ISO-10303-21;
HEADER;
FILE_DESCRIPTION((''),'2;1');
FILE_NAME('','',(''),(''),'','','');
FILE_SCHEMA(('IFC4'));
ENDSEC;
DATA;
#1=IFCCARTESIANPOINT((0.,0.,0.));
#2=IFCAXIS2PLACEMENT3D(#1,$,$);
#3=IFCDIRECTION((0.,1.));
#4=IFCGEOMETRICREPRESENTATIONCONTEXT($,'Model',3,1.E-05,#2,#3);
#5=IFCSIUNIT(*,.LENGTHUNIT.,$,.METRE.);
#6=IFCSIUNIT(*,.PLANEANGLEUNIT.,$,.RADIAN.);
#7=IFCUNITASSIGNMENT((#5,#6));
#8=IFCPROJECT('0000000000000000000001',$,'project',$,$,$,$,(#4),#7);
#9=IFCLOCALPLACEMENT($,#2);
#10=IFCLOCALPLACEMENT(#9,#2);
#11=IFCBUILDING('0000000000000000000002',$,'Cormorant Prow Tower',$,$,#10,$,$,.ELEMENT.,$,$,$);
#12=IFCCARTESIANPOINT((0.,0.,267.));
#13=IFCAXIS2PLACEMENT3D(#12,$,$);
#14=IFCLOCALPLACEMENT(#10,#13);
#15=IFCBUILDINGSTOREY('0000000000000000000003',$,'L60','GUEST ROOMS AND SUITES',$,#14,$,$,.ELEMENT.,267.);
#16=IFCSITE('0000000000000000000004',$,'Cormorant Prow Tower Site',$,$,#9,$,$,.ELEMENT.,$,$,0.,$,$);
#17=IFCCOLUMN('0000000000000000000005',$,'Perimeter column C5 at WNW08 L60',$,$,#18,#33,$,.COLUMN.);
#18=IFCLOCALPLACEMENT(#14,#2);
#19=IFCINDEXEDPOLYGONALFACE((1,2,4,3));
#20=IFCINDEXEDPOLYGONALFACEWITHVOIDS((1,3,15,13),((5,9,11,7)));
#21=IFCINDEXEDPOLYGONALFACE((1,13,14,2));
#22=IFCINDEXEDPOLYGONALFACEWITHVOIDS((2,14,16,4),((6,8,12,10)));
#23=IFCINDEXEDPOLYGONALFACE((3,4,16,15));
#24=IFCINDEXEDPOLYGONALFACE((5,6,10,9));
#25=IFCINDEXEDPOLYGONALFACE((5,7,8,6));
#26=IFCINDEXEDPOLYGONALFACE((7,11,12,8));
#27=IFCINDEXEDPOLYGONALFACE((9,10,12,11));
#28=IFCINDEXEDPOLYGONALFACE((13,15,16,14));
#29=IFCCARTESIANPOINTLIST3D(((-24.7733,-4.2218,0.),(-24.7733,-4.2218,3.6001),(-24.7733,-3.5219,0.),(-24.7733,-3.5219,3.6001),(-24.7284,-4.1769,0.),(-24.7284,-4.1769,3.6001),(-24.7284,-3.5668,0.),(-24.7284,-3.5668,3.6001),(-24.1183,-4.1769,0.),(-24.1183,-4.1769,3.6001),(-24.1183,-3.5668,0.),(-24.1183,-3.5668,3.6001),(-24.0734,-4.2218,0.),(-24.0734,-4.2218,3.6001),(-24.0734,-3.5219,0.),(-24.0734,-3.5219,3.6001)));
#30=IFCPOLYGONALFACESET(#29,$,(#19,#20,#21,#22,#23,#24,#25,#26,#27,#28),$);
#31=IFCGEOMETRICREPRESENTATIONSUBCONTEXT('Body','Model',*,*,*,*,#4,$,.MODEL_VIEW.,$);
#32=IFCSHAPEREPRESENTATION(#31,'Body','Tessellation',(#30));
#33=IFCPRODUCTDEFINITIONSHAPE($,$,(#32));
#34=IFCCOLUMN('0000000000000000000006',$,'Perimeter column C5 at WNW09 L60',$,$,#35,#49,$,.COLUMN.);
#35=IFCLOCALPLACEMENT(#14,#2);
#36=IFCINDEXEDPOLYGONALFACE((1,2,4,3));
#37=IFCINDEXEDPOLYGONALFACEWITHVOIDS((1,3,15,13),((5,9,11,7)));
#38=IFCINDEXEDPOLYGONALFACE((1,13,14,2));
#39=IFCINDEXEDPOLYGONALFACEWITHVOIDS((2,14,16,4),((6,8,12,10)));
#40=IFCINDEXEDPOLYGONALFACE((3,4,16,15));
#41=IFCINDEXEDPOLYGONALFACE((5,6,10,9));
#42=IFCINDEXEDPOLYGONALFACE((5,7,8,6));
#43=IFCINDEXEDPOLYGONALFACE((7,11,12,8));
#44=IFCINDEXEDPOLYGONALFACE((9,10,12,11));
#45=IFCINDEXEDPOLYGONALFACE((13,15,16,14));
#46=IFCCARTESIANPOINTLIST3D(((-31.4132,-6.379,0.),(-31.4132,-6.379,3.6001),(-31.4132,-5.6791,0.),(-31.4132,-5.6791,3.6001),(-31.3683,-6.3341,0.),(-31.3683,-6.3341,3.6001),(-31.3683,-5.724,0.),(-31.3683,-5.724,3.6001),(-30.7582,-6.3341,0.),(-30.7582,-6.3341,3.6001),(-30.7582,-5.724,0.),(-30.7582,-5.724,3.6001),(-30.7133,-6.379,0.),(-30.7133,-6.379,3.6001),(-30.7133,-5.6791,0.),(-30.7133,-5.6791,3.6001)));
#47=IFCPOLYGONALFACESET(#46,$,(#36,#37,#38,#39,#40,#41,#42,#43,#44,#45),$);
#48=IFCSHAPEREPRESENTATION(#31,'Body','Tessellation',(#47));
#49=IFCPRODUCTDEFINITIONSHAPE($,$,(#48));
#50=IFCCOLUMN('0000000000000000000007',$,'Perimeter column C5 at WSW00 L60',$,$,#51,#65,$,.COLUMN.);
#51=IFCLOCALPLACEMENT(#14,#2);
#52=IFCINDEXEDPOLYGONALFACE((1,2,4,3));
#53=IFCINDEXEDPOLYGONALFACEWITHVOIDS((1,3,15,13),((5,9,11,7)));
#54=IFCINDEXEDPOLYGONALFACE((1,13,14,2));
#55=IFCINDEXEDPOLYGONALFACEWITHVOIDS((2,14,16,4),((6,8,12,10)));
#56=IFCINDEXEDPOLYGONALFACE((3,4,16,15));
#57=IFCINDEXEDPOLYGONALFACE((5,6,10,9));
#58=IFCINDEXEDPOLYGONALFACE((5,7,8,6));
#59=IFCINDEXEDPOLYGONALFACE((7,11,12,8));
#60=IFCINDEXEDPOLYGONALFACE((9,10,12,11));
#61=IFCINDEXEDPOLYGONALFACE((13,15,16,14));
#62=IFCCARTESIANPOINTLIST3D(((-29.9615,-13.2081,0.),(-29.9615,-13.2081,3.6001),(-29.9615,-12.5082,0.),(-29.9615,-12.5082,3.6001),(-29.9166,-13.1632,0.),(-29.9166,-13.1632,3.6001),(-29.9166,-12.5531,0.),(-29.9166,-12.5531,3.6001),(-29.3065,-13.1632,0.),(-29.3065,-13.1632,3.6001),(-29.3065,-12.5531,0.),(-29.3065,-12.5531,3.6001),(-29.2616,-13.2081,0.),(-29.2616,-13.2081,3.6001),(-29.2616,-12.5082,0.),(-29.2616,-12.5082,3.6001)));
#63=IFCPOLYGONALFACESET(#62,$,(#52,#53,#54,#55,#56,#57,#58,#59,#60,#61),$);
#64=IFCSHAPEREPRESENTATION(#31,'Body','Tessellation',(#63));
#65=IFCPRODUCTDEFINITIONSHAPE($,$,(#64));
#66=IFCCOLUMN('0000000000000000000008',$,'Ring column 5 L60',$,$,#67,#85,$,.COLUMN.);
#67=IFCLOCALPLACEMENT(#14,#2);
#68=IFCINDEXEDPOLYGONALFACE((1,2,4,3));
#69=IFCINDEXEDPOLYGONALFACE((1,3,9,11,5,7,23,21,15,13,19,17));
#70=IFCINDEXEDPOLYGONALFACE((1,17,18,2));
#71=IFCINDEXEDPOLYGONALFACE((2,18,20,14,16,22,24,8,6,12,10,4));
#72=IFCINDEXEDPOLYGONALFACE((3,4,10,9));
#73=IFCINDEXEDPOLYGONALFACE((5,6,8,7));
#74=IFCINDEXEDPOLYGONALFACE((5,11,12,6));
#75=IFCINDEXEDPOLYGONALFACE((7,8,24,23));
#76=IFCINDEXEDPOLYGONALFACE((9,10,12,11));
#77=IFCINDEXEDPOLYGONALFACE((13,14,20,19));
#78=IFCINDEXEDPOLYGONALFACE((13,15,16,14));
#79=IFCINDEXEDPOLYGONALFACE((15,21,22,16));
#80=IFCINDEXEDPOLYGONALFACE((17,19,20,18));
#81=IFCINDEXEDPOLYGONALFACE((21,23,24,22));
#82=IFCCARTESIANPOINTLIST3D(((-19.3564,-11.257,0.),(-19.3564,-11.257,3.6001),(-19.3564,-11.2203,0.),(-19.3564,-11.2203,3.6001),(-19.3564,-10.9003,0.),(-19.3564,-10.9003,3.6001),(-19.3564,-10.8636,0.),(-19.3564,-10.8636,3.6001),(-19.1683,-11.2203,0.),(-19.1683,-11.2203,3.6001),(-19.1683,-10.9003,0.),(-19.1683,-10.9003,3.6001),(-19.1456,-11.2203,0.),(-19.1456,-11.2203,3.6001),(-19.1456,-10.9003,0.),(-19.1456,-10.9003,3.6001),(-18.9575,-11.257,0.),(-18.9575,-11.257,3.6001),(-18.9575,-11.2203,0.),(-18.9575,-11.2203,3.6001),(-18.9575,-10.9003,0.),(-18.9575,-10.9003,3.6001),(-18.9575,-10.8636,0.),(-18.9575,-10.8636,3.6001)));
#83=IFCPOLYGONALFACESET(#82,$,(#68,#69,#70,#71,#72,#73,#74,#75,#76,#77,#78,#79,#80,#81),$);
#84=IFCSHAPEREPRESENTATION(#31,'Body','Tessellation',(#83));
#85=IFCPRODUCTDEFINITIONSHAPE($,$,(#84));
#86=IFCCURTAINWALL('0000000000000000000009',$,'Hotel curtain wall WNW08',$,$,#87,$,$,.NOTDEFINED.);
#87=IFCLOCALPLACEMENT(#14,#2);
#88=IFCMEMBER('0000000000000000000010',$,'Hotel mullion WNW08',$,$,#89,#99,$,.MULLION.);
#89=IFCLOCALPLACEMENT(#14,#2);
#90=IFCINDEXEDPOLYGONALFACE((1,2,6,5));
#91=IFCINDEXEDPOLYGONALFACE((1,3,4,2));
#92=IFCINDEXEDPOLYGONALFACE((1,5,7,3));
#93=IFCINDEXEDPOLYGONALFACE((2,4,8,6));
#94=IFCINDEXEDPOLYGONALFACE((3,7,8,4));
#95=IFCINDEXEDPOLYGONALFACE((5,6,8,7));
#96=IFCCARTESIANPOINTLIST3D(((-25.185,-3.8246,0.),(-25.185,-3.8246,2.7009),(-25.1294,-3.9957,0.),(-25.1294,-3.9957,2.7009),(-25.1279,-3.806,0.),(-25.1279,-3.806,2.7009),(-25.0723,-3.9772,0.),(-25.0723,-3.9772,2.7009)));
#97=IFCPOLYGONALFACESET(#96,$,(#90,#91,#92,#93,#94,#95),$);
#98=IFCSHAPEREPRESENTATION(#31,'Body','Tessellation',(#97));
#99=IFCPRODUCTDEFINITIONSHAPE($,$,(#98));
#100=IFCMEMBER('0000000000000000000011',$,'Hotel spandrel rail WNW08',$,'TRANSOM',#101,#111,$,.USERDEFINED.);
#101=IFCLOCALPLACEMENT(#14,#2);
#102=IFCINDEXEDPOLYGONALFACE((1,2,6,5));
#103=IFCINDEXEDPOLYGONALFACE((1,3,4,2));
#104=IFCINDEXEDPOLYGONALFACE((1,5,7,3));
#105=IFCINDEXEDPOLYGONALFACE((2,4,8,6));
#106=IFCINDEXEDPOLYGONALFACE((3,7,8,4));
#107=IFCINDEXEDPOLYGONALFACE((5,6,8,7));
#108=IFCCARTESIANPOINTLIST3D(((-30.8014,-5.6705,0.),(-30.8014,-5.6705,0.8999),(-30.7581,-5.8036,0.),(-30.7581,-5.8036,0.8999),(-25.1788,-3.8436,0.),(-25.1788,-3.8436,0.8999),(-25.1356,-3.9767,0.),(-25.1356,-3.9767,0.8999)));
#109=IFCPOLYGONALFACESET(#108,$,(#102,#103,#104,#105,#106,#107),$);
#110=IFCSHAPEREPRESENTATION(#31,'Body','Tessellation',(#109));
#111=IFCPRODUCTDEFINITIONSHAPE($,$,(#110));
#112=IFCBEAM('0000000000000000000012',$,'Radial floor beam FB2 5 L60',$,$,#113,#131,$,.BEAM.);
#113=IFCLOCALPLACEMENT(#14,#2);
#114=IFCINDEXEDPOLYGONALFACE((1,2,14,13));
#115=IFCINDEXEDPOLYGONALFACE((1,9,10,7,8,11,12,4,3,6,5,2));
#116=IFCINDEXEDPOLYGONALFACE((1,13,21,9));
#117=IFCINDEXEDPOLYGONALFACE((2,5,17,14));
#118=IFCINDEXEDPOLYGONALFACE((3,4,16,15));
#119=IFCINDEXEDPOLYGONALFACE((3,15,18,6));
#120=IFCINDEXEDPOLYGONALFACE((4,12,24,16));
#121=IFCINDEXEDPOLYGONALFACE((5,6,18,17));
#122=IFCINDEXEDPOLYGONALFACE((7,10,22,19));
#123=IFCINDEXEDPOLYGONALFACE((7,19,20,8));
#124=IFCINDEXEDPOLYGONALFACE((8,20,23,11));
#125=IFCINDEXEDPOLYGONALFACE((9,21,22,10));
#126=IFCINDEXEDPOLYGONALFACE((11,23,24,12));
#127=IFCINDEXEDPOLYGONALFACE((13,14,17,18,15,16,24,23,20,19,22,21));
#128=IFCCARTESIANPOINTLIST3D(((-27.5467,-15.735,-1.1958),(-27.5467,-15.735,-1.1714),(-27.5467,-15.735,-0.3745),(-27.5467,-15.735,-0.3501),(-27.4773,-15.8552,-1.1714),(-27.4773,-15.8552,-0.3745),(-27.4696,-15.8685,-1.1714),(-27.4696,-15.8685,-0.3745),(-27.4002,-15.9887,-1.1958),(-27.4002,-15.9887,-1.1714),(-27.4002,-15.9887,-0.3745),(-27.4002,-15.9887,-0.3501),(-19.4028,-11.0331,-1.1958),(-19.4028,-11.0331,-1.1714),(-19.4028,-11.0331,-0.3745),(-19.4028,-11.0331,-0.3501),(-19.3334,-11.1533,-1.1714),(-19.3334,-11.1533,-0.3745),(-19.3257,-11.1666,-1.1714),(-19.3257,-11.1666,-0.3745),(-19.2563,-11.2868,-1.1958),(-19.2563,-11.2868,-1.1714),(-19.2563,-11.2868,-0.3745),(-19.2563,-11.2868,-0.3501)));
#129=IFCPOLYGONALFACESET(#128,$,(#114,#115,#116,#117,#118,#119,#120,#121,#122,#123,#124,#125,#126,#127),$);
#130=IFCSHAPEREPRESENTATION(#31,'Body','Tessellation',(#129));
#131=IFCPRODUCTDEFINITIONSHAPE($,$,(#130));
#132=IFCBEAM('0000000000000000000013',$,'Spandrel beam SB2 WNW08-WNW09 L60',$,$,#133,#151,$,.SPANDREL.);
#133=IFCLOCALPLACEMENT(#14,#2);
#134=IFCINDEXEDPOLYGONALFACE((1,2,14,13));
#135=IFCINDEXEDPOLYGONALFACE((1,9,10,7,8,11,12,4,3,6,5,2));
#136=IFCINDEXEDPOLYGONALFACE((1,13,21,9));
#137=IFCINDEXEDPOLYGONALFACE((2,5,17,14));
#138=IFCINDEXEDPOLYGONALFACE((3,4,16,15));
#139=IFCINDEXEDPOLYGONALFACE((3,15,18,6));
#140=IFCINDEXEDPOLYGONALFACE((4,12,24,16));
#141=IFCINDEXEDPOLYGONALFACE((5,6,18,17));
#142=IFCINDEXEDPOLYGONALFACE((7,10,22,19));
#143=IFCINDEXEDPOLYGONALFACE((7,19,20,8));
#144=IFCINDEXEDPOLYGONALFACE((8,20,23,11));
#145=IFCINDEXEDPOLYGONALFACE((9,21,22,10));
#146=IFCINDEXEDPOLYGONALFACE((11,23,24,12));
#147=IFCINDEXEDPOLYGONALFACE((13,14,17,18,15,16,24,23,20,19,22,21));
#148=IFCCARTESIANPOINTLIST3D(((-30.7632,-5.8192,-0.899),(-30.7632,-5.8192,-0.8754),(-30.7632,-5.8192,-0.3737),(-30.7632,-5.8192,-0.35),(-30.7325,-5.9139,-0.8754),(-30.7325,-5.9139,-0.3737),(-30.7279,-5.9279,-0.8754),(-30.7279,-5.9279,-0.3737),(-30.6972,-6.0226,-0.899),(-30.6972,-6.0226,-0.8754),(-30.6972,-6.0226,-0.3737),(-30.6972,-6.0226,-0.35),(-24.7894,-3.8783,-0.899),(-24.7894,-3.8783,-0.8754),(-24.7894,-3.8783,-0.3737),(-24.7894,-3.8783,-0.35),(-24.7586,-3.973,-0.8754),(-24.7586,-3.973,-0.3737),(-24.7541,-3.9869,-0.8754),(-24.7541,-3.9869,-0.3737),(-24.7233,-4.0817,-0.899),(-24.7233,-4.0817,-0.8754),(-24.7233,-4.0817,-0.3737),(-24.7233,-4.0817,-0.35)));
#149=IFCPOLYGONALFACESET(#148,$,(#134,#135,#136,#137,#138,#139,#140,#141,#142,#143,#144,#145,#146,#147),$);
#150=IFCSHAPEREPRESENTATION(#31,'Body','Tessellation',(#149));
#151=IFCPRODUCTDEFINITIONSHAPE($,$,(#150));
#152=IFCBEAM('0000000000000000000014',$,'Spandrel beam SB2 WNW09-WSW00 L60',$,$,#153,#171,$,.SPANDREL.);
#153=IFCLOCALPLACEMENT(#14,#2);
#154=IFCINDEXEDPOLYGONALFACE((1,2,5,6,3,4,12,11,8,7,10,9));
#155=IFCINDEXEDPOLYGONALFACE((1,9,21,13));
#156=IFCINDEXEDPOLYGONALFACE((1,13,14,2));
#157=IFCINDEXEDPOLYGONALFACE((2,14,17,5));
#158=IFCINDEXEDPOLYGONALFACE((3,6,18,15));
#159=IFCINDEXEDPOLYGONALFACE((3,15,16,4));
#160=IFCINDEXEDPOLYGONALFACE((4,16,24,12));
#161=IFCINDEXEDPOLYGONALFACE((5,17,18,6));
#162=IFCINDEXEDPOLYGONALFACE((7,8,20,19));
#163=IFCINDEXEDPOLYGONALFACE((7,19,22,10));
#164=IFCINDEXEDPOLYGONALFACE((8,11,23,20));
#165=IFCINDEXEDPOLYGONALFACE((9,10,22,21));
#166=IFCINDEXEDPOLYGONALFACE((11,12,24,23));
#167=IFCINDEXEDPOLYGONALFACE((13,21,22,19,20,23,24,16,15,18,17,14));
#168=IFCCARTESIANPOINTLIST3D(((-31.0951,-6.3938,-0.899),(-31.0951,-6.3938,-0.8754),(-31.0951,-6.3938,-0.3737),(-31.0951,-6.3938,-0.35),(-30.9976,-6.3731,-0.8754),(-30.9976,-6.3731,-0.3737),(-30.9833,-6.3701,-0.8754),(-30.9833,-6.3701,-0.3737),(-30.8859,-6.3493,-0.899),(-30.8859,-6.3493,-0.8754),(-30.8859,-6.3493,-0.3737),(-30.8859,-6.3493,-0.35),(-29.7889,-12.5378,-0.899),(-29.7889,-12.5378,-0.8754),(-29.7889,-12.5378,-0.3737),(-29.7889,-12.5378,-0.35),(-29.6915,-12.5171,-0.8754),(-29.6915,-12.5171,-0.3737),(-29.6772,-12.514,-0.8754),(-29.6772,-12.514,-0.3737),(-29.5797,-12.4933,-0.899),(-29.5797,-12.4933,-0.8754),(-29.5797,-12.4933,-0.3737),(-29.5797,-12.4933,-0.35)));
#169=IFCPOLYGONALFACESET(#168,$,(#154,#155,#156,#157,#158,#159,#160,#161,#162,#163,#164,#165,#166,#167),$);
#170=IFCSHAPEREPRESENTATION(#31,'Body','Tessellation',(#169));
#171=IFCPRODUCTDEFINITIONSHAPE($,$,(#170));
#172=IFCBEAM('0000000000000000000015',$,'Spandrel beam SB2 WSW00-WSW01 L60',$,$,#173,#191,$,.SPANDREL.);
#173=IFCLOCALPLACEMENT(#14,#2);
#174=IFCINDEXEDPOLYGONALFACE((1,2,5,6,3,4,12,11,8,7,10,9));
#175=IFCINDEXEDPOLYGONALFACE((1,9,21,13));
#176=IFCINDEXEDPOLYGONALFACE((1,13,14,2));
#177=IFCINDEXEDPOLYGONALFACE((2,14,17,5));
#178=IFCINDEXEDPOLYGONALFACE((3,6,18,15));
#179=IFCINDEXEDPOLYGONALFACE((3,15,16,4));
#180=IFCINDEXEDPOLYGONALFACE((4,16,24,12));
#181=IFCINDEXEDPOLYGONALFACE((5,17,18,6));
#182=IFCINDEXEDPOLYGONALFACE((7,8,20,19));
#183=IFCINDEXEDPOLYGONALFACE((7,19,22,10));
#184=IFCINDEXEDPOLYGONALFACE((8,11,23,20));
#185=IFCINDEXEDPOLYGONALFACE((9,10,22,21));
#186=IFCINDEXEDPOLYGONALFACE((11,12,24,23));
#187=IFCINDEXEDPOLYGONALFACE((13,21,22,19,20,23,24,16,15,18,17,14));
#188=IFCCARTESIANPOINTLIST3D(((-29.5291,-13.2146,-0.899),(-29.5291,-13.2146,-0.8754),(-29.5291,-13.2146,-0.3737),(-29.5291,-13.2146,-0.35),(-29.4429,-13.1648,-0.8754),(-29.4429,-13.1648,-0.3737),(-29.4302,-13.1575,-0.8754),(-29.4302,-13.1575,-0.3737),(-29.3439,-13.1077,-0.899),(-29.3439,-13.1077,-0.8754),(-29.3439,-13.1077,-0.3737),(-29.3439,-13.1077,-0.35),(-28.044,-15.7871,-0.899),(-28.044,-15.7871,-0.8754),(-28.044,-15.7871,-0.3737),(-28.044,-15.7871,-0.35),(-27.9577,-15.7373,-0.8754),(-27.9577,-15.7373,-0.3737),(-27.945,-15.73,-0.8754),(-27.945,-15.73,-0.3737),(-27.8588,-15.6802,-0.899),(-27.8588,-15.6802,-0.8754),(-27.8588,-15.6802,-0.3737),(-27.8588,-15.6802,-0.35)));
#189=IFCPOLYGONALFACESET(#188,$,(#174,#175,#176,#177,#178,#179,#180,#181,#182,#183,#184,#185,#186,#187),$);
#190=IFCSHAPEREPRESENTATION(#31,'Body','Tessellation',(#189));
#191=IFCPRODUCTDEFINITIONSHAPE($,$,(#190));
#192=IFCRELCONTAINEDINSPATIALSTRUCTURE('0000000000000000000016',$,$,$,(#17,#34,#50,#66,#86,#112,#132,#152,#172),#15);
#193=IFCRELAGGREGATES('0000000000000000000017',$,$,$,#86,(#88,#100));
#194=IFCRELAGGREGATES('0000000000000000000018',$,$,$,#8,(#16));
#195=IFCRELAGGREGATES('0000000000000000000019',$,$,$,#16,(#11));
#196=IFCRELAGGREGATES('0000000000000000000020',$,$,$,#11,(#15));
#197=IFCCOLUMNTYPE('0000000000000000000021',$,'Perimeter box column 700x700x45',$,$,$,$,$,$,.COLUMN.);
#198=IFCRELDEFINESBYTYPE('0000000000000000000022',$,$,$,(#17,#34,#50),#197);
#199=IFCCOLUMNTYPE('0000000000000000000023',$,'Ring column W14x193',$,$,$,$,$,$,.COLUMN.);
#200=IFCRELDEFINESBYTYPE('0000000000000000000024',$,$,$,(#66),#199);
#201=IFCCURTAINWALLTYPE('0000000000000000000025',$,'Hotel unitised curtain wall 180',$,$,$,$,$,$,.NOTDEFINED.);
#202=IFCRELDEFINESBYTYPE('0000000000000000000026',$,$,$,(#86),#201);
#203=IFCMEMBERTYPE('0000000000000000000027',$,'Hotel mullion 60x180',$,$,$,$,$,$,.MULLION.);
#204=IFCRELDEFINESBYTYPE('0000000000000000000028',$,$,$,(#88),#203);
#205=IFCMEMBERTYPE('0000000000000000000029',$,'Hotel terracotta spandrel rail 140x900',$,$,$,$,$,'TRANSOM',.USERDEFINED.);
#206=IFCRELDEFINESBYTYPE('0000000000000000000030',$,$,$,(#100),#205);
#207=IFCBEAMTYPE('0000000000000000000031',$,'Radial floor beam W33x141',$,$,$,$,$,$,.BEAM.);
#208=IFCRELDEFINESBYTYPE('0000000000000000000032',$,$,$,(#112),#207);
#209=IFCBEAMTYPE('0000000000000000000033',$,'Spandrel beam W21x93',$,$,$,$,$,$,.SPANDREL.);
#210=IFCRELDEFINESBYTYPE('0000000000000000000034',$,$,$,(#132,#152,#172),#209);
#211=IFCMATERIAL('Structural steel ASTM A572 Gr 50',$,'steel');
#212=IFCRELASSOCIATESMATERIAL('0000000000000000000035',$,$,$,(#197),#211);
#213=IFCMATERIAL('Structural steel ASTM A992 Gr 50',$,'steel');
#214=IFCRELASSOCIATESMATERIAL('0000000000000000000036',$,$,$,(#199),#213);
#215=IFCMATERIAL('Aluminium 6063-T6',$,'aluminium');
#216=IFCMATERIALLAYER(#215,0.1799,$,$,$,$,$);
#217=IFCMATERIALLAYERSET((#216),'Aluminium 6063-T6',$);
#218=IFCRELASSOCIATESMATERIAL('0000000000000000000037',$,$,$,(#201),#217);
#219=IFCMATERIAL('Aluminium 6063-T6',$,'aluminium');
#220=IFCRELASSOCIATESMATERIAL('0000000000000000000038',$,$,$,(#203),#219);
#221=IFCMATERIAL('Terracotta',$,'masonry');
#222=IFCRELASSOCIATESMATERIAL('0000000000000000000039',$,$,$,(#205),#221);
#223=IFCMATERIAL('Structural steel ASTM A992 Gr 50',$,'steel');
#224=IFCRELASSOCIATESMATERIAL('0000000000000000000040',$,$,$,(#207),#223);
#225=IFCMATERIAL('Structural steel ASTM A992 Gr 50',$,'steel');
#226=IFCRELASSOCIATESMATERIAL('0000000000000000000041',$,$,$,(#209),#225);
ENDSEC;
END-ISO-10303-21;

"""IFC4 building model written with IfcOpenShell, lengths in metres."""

from ifc_helpers import new_model, si_unit, direction, frame, origin, origin_2d, place, context, subcontext, project, spatial, rectangle, hollow_rectangle, i_section, extrude, material, layer, layer_set, material_profile, profile_set, type_object, element, aggregate, save


model = new_model("IFC4")

# Units and contexts
model_context = context("Model", 3, precision=1e-05, world=origin(), true_north=direction((0.0, 1.0)))
body_context = subcontext(model_context, "Body", "Model", "MODEL_VIEW")
ifc_project = project(units=[si_unit("LENGTHUNIT", "METRE"), si_unit("PLANEANGLEUNIT", "RADIAN")], contexts=[model_context])

# Site, building, storey
site_placement = place(None, origin())
site = spatial("IfcSite", under=ifc_project, at=site_placement, Name="Cormorant Prow Tower Site", CompositionType="ELEMENT", RefElevation=0.0)
building_placement = place(site_placement, origin())
building = spatial("IfcBuilding", under=site, at=building_placement, Name="Cormorant Prow Tower", CompositionType="ELEMENT")
storey_placement = place(building_placement, frame((0.0, 0.0, 267.0)))
storey = spatial("IfcBuildingStorey", under=building, at=storey_placement, Name="L60", Description="GUEST ROOMS AND SUITES", CompositionType="ELEMENT", Elevation=267.0)

# Columns
ifc_material_1 = material(Name="Structural steel ASTM A572 Gr 50", Category="steel")
ifc_material_profile_1 = material_profile(ifc_material_1, hollow_rectangle(XDim=0.7, YDim=0.7, WallThickness=0.0449, at=origin_2d()), Name="Box 700x700x45")
ifc_profile_set_1 = profile_set([ifc_material_profile_1], Name="Structural steel ASTM A572 Gr 50")
column_type_1 = type_object("IfcColumnType", Name="Perimeter box column 700x700x45", PredefinedType="COLUMN", material=ifc_profile_set_1)
for number, where, z_axis, x_axis, name in (
    (1, (-24.4233, -3.8718, 0.0), (0.0, 0.0, 1.0), (1.0, 0.0, 0.0), "Perimeter column C5 at WNW08 L60"),
    (2, (-31.0632, -6.0291, 0.0), (0.0, 0.0, 1.0), (1.0, 0.0, 0.0), "Perimeter column C5 at WNW09 L60"),
    (3, (-29.6116, -12.8582, 0.0), (0.0, 0.0, 1.0), (1.0, 0.0, 0.0), "Perimeter column C5 at WSW00 L60"),
):
    element("IfcColumn", number, at=place(storey_placement, frame(where, z_axis=z_axis, x_axis=x_axis)), inside=storey, type_object=column_type_1, Name=name, PredefinedType="COLUMN", context=body_context, shape_type="SweptSolid", body=[
        extrude(hollow_rectangle(XDim=0.7, YDim=0.7, WallThickness=0.0449, at=origin_2d()), origin(), (0.0, 0.0, 1.0), 3.6001),
    ])
ifc_material_2 = material(Name="Structural steel ASTM A992 Gr 50", Category="steel")
ifc_material_profile_2 = material_profile(ifc_material_2, i_section(OverallWidth=0.3989, OverallDepth=0.3933, WebThickness=0.0227, FlangeThickness=0.0366, at=origin_2d()), Name="W14x193")
ifc_profile_set_2 = profile_set([ifc_material_profile_2], Name="Structural steel ASTM A992 Gr 50")
column_type_2 = type_object("IfcColumnType", Name="Ring column W14x193", PredefinedType="COLUMN", material=ifc_profile_set_2)
column_placement = place(storey_placement, frame((-19.157, -11.0603, 0.0), z_axis=(0.0, 0.0, 1.0), x_axis=(1.0, 0.0, 0.0)))
element("IfcColumn", 4, at=column_placement, inside=storey, type_object=column_type_2, Name="Ring column 5 L60", PredefinedType="COLUMN", context=body_context, shape_type="SweptSolid", body=[
    extrude(i_section(OverallWidth=0.3989, OverallDepth=0.3933, WebThickness=0.0227, FlangeThickness=0.0366, at=origin_2d()), origin(), (0.0, 0.0, 1.0), 3.6001),
])

# Curtain wall, members
ifc_material_3 = material(Name="Aluminium 6063-T6", Category="aluminium")
ifc_layer_1 = layer(ifc_material_3, 0.1799)
ifc_layer_set_1 = layer_set([ifc_layer_1], Name="Aluminium 6063-T6")
curtain_wall_type = type_object("IfcCurtainWallType", Name="Hotel unitised curtain wall 180", PredefinedType="NOTDEFINED", material=ifc_layer_set_1)
curtain_wall_placement = place(storey_placement, origin())
curtain_wall = element("IfcCurtainWall", 5, at=curtain_wall_placement, inside=storey, type_object=curtain_wall_type, Name="Hotel curtain wall WNW08", PredefinedType="NOTDEFINED")
ifc_material_4 = material(Name="Aluminium 6063-T6", Category="aluminium")
ifc_material_profile_3 = material_profile(ifc_material_4, rectangle(XDim=0.1799, YDim=0.0601, at=origin_2d()), Name="Hotel mullion 60x180")
ifc_profile_set_3 = profile_set([ifc_material_profile_3], Name="Aluminium 6063-T6")
member_type_1 = type_object("IfcMemberType", Name="Hotel mullion 60x180", PredefinedType="MULLION", material=ifc_profile_set_3)
member_1_placement = place(storey_placement, frame((-25.1287, -3.9009, 0.0), z_axis=(0.0, 0.0, 1.0), x_axis=(0.309017, -0.951057, 0.0)))
member_1 = element("IfcMember", 6, at=member_1_placement, type_object=member_type_1, Name="Hotel mullion WNW08", PredefinedType="MULLION", context=body_context, shape_type="SweptSolid", body=[
    extrude(rectangle(XDim=0.1799, YDim=0.0601, at=origin_2d()), origin(), (0.0, 0.0, 1.0), 2.7009),
])
ifc_material_5 = material(Name="Terracotta", Category="masonry")
ifc_material_profile_4 = material_profile(ifc_material_5, rectangle(XDim=0.1399, YDim=0.8999, at=origin_2d()), Name="Hotel terracotta spandrel rail 140x900")
ifc_profile_set_4 = profile_set([ifc_material_profile_4], Name="Terracotta")
member_type_2 = type_object("IfcMemberType", Name="Hotel terracotta spandrel rail 140x900", ElementType="TRANSOM", PredefinedType="USERDEFINED", material=ifc_profile_set_4)
member_2_placement = place(storey_placement, frame((-25.1572, -3.9102, 0.45), z_axis=(-0.951055, -0.309021, 0.0), x_axis=(0.309021, -0.951055, 0.0)))
member_2 = element("IfcMember", 7, at=member_2_placement, type_object=member_type_2, Name="Hotel spandrel rail WNW08", ObjectType="TRANSOM", PredefinedType="USERDEFINED", context=body_context, shape_type="SweptSolid", body=[
    extrude(rectangle(XDim=0.1399, YDim=0.8999, at=origin_2d()), origin(), (0.0, 0.0, 1.0), 5.9119),
])

# Beams
ifc_material_6 = material(Name="Structural steel ASTM A992 Gr 50", Category="steel")
ifc_material_profile_5 = material_profile(ifc_material_6, i_section(OverallWidth=0.293, OverallDepth=0.8457, WebThickness=0.0154, FlangeThickness=0.0244, at=origin_2d()), Name="W33x141")
ifc_profile_set_5 = profile_set([ifc_material_profile_5], Name="Structural steel ASTM A992 Gr 50")
beam_type_1 = type_object("IfcBeamType", Name="Radial floor beam W33x141", PredefinedType="BEAM", material=ifc_profile_set_5)
beam_1_placement = place(storey_placement, frame((-19.3296, -11.1599, -0.7729), z_axis=(-0.866022, -0.500006, 0.0), x_axis=(0.500006, -0.866022, 0.0)))
element("IfcBeam", 8, at=beam_1_placement, inside=storey, type_object=beam_type_1, Name="Radial floor beam FB2 5 L60", PredefinedType="BEAM", context=body_context, shape_type="SweptSolid", body=[
    extrude(i_section(OverallWidth=0.293, OverallDepth=0.8457, WebThickness=0.0154, FlangeThickness=0.0244, at=origin_2d()), origin(), (0.0, 0.0, 1.0), 9.4038),
])
ifc_material_7 = material(Name="Structural steel ASTM A992 Gr 50", Category="steel")
ifc_material_profile_6 = material_profile(ifc_material_7, i_section(OverallWidth=0.2139, OverallDepth=0.5491, WebThickness=0.0146, FlangeThickness=0.0237, at=origin_2d()), Name="W21x93")
ifc_profile_set_6 = profile_set([ifc_material_profile_6], Name="Structural steel ASTM A992 Gr 50")
beam_type_2 = type_object("IfcBeamType", Name="Spandrel beam W21x93", PredefinedType="SPANDREL", material=ifc_profile_set_6)
for number, where, z_axis, x_axis, name in (
    (9, (-24.7563, -3.98, -0.6245), (-0.951062, -0.309001, 0.0), (0.309001, -0.951062, 0.0), "Spandrel beam SB2 WNW08-WNW09 L60"),
    (10, (-30.9905, -6.3716, -0.6245), (0.207941, -0.978141, 0.0), (0.978141, 0.207941, 0.0), "Spandrel beam SB2 WNW09-WSW00 L60"),
):
    element("IfcBeam", number, at=place(storey_placement, frame(where, z_axis=z_axis, x_axis=x_axis)), inside=storey, type_object=beam_type_2, Name=name, PredefinedType="SPANDREL", context=body_context, shape_type="SweptSolid", body=[
        extrude(i_section(OverallWidth=0.2139, OverallDepth=0.5491, WebThickness=0.0146, FlangeThickness=0.0237, at=origin_2d()), origin(), (0.0, 0.0, 1.0), 6.2812),
    ])
beam_2_placement = place(storey_placement, frame((-29.4365, -13.1611, -0.6245), z_axis=(0.499967, -0.866045, 0.0), x_axis=(0.866045, 0.499967, 0.0)))
element("IfcBeam", 11, at=beam_2_placement, inside=storey, type_object=beam_type_2, Name="Spandrel beam SB2 WSW00-WSW01 L60", PredefinedType="SPANDREL", context=body_context, shape_type="SweptSolid", body=[
    extrude(i_section(OverallWidth=0.2139, OverallDepth=0.5491, WebThickness=0.0146, FlangeThickness=0.0237, at=origin_2d()), origin(), (0.0, 0.0, 1.0), 2.9705),
])

aggregate(curtain_wall, [member_1, member_2])

save(model, "model.ifc")
